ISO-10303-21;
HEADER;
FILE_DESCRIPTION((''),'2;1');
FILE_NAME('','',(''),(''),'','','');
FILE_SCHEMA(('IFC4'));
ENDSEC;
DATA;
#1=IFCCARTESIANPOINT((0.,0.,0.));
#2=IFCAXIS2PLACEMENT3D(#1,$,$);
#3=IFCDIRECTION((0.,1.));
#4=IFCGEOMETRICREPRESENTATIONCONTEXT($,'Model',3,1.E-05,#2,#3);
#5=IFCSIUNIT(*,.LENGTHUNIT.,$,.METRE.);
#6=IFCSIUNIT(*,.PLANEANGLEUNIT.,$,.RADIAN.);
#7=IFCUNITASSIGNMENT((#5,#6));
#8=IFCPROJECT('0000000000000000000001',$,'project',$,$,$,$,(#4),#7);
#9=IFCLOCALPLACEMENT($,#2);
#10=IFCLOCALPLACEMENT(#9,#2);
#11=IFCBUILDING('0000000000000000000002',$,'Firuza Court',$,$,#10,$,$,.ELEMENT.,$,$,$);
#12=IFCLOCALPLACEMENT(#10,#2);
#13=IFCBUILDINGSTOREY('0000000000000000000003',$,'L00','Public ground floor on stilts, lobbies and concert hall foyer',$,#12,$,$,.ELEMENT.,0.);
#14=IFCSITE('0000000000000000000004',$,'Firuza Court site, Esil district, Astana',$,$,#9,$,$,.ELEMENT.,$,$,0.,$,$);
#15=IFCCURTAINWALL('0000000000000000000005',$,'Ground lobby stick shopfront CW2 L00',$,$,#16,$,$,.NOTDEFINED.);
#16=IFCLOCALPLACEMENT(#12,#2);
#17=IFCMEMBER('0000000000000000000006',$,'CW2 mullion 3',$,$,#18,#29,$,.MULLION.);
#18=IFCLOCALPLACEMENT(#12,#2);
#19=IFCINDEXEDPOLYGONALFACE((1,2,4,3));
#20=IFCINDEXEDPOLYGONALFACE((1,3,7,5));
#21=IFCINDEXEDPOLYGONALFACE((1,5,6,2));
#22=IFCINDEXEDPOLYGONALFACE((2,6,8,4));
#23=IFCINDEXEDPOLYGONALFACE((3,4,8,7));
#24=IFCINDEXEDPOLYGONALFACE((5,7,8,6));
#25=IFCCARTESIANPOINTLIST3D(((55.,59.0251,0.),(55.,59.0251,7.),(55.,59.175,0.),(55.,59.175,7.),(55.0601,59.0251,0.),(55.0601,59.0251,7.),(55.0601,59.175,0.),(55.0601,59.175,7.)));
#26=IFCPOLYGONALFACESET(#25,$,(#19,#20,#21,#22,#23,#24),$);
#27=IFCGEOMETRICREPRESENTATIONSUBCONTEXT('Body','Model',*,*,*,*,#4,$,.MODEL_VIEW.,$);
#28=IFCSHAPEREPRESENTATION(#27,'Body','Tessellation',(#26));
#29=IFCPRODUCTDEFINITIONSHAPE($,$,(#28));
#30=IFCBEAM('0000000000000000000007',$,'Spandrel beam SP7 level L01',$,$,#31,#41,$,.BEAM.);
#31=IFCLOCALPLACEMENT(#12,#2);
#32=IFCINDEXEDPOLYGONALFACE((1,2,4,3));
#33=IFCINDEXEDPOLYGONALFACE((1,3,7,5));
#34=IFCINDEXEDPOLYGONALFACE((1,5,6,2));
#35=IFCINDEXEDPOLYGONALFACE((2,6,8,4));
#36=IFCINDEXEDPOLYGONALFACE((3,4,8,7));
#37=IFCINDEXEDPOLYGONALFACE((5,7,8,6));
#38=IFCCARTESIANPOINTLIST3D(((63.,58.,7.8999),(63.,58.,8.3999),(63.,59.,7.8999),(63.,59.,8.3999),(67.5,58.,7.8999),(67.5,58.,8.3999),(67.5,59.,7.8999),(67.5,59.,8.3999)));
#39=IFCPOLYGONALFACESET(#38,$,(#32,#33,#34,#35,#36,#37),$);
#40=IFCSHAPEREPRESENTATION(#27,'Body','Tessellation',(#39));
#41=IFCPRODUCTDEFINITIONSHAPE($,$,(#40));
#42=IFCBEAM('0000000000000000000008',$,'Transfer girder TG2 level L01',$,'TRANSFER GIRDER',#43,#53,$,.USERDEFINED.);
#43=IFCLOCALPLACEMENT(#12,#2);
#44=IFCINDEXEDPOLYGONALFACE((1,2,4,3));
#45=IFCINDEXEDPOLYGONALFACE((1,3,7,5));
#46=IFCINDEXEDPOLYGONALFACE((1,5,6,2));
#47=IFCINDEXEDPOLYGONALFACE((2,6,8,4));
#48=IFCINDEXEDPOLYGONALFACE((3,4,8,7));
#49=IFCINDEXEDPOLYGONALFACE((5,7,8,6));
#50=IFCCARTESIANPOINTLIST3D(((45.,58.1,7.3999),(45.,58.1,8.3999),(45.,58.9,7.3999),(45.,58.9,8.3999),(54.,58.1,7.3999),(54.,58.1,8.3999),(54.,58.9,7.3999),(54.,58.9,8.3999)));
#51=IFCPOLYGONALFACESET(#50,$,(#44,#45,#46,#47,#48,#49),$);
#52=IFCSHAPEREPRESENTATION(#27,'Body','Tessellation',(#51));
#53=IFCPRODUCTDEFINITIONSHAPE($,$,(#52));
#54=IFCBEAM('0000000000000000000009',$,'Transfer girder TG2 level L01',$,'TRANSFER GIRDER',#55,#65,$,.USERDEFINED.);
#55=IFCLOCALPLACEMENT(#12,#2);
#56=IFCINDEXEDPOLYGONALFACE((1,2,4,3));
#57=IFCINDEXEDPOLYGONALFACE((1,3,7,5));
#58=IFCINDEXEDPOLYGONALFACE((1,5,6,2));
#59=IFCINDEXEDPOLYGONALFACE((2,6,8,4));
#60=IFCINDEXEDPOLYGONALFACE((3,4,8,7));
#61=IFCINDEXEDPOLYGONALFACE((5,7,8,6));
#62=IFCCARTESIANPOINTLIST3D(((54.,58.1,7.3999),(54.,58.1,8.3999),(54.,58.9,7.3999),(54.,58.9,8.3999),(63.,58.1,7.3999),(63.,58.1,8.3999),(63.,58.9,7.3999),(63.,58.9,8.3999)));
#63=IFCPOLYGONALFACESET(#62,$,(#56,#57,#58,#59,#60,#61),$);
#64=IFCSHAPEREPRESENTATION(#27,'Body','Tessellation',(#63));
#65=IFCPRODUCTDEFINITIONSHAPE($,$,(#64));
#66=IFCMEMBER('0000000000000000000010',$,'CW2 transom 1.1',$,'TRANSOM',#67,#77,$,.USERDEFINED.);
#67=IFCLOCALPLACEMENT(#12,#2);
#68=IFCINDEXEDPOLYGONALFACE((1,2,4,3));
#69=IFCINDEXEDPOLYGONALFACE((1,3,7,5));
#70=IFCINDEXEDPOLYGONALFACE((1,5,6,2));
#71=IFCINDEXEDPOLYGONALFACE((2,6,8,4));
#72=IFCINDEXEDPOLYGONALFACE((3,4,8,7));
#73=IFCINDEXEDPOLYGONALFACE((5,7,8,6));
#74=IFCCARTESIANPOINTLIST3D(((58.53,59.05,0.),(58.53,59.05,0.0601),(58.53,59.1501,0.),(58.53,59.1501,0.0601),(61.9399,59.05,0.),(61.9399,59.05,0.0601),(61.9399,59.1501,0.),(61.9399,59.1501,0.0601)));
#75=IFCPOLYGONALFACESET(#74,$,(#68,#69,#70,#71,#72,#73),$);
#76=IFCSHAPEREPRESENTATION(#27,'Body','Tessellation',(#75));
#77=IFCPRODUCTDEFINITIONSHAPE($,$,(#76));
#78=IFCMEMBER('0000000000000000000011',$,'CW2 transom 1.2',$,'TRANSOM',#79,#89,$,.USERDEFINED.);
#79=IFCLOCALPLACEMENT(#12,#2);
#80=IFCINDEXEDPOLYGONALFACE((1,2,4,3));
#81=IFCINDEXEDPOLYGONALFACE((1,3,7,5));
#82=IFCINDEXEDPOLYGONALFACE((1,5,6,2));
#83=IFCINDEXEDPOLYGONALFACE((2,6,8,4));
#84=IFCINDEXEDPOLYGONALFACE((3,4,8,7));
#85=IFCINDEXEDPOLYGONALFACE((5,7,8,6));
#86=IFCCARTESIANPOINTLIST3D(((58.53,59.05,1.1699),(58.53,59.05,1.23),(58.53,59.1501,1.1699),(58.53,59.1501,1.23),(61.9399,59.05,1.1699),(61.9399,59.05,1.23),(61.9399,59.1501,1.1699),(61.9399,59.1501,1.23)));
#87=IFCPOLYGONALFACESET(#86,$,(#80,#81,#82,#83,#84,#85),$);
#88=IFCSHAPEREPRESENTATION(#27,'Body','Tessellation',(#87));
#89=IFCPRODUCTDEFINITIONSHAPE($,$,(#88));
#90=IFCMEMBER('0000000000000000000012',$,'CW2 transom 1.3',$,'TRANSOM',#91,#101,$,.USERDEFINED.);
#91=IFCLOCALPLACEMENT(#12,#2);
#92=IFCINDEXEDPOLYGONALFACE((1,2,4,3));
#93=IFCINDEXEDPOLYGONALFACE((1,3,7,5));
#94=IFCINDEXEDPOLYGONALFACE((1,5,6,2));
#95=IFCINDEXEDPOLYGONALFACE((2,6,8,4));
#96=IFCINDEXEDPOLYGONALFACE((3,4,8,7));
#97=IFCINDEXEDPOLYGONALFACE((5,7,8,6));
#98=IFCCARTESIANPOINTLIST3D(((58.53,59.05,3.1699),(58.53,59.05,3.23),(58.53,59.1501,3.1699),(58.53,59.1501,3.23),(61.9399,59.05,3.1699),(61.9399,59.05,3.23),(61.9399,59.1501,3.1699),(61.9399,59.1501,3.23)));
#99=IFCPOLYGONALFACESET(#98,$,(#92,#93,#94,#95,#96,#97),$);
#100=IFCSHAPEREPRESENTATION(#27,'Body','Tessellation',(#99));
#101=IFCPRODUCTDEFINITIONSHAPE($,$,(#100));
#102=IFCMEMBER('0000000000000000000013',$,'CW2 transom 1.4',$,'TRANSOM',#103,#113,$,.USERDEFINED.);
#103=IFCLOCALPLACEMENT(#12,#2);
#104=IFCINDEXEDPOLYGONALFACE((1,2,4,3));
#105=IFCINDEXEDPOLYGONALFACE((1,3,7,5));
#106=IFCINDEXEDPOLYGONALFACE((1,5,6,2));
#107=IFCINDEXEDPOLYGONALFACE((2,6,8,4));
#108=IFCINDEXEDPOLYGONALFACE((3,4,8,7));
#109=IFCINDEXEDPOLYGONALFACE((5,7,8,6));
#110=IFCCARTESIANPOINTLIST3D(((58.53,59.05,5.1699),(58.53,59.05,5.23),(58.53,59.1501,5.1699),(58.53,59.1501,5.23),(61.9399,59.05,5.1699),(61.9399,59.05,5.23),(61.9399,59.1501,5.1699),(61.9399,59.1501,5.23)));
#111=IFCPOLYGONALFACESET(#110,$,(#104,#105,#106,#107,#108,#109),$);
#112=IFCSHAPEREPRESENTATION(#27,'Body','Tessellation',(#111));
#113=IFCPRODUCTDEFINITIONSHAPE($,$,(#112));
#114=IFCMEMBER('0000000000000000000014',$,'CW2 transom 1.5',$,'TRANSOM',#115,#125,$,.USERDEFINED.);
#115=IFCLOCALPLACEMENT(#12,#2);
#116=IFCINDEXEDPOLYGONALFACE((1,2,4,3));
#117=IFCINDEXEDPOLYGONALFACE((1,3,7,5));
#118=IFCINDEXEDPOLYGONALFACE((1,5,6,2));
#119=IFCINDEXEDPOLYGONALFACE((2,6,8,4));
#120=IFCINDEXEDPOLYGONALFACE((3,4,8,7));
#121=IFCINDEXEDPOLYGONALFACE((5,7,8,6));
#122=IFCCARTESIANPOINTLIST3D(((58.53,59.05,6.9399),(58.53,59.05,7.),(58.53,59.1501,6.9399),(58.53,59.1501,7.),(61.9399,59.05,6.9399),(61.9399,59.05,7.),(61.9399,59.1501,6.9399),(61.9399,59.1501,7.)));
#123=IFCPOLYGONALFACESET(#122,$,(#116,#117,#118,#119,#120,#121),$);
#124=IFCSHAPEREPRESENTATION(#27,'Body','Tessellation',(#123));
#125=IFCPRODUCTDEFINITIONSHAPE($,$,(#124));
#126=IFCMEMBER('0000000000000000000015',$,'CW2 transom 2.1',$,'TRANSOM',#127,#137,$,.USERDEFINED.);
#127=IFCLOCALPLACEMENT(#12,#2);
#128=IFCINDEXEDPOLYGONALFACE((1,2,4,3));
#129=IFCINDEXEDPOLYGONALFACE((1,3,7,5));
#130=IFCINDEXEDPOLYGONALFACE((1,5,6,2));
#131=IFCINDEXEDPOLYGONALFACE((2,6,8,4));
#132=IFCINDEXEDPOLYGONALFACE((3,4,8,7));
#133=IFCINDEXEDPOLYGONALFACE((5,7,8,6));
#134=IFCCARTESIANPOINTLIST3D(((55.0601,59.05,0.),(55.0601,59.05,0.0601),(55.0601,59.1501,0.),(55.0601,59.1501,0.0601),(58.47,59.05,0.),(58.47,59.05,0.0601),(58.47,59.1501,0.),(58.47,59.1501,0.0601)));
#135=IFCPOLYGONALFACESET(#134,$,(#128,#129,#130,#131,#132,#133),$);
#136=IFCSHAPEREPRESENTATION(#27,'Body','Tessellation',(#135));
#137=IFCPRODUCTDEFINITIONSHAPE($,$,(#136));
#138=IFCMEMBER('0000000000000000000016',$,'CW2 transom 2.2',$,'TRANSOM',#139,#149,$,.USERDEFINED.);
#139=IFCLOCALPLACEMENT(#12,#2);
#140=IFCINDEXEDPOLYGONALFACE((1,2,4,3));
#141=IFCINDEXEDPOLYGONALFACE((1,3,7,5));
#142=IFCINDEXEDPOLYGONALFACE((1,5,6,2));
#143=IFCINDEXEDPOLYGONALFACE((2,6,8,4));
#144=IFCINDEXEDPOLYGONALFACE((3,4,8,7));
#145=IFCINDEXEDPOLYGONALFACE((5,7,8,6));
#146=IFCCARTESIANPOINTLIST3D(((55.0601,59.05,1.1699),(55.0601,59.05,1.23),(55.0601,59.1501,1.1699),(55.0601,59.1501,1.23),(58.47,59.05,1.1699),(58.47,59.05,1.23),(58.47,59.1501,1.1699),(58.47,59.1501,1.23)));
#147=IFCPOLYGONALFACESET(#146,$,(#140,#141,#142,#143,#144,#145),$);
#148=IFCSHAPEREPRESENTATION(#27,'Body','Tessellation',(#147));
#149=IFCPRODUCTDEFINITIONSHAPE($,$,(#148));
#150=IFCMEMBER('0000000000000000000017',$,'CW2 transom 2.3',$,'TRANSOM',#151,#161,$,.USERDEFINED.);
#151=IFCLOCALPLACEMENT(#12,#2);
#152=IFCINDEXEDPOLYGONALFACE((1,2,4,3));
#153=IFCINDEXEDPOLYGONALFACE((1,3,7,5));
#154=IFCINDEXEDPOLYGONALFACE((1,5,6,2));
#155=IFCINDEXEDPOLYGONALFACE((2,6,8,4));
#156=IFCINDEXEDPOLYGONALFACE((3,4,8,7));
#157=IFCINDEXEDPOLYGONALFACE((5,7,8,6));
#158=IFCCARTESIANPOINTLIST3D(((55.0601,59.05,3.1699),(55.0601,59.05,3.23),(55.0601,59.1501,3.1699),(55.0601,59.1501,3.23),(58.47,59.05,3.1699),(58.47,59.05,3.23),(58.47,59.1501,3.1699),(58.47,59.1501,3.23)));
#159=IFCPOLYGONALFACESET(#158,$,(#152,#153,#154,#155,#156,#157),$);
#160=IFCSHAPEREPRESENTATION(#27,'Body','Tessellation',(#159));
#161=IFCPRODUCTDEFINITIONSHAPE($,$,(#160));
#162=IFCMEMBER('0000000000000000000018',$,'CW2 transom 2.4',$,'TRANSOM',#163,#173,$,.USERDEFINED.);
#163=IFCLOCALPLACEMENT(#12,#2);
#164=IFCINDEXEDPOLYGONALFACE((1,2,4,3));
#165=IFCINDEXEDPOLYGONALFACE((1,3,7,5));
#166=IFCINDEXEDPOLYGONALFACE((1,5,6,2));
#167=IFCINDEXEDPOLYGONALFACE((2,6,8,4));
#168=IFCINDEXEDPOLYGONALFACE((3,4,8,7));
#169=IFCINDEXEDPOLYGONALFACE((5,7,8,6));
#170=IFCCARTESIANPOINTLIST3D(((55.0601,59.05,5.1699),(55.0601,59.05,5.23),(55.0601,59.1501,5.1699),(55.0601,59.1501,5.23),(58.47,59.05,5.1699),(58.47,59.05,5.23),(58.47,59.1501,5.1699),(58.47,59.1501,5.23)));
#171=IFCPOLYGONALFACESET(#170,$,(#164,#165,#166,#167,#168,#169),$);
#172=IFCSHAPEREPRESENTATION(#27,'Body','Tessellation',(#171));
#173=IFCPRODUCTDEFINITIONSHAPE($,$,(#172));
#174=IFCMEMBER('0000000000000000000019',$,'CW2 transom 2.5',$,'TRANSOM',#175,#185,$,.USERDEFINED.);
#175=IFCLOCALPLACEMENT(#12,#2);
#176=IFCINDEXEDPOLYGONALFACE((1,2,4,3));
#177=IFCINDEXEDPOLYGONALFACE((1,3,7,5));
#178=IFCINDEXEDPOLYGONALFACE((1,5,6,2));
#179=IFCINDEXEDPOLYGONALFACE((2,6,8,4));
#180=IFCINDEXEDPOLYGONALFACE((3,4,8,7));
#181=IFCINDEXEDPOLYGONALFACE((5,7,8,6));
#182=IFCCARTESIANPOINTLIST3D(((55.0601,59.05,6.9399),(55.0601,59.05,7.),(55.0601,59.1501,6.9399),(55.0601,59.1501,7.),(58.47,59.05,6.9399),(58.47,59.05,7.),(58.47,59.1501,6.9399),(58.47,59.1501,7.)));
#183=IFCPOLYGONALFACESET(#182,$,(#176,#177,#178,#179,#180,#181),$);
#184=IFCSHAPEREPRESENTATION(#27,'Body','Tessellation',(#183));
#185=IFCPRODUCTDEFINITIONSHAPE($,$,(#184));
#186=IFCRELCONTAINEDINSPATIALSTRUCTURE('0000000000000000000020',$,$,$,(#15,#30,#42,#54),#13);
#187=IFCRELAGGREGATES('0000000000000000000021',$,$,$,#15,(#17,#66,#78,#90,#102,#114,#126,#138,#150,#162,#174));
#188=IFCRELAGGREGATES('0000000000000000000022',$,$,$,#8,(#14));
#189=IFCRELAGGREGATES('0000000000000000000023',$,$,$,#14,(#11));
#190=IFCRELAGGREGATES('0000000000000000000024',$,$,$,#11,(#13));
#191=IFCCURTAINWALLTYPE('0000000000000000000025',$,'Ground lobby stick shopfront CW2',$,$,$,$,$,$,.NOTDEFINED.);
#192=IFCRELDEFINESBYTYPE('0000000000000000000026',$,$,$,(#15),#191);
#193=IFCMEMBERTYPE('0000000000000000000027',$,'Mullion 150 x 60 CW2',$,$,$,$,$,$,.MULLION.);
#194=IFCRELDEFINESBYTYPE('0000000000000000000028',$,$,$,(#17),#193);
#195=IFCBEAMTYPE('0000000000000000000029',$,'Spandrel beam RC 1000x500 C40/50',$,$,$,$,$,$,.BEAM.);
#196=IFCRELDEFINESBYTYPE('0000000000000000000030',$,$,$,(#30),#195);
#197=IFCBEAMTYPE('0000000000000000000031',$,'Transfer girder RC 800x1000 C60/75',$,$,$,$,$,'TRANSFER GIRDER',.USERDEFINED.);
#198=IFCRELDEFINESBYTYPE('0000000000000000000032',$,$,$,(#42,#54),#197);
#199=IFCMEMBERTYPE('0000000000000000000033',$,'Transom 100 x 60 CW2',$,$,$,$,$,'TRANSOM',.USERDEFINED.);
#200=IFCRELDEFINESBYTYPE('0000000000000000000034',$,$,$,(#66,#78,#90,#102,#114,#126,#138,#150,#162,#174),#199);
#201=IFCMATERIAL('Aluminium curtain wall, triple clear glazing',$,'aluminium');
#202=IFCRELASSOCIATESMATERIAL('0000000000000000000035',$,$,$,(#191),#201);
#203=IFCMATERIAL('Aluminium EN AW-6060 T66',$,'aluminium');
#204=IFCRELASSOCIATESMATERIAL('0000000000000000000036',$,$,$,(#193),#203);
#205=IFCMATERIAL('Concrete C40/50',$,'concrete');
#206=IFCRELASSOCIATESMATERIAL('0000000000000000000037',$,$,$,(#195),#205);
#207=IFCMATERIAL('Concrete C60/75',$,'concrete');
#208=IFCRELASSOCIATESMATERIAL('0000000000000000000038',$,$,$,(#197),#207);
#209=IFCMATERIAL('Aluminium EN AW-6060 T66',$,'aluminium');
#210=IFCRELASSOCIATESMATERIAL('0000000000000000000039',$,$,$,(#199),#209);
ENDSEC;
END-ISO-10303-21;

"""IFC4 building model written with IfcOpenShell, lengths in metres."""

from ifc_helpers import new_model, si_unit, direction, frame, origin, origin_2d, place, context, subcontext, project, spatial, rectangle, extrude, material, material_profile, profile_set, type_object, element, aggregate, save


model = new_model("IFC4")

# Units and contexts
model_context = context("Model", 3, precision=1e-05, world=origin(), true_north=direction((0.0, 1.0)))
body_context = subcontext(model_context, "Body", "Model", "MODEL_VIEW")
ifc_project = project(units=[si_unit("LENGTHUNIT", "METRE"), si_unit("PLANEANGLEUNIT", "RADIAN")], contexts=[model_context])

# Site, building, storey
site_placement = place(None, origin())
site = spatial("IfcSite", under=ifc_project, at=site_placement, Name="Firuza Court site, Esil district, Astana", CompositionType="ELEMENT", RefElevation=0.0)
building_placement = place(site_placement, origin())
building = spatial("IfcBuilding", under=site, at=building_placement, Name="Firuza Court", CompositionType="ELEMENT")
storey_placement = place(building_placement, origin())
storey = spatial("IfcBuildingStorey", under=building, at=storey_placement, Name="L00", Description="Public ground floor on stilts, lobbies and concert hall foyer", CompositionType="ELEMENT", Elevation=0.0)

# Curtain wall, member
ifc_material_1 = material(Name="Aluminium curtain wall, triple clear glazing", Category="aluminium")
curtain_wall_type = type_object("IfcCurtainWallType", Name="Ground lobby stick shopfront CW2", PredefinedType="NOTDEFINED", material=ifc_material_1)
curtain_wall_placement = place(storey_placement, origin())
curtain_wall = element("IfcCurtainWall", 1, at=curtain_wall_placement, inside=storey, type_object=curtain_wall_type, Name="Ground lobby stick shopfront CW2 L00", PredefinedType="NOTDEFINED")
ifc_material_2 = material(Name="Aluminium EN AW-6060 T66", Category="aluminium")
ifc_material_profile_1 = material_profile(ifc_material_2, rectangle(XDim=0.1499, YDim=0.0601, at=origin_2d()), Name="Mullion 150 x 60 CW2")
ifc_profile_set_1 = profile_set([ifc_material_profile_1], Name="Aluminium EN AW-6060 T66")
member_type_1 = type_object("IfcMemberType", Name="Mullion 150 x 60 CW2", PredefinedType="MULLION", material=ifc_profile_set_1)
member_1_placement = place(storey_placement, frame((55.03, 59.1001, 0.0), z_axis=(0.0, 0.0, 1.0), x_axis=(0.0, -1.0, 0.0)))
member_1 = element("IfcMember", 2, at=member_1_placement, type_object=member_type_1, Name="CW2 mullion 3", PredefinedType="MULLION", context=body_context, shape_type="SweptSolid", body=[
    extrude(rectangle(XDim=0.1499, YDim=0.0601, at=origin_2d()), origin(), (0.0, 0.0, 1.0), 7.0),
])

# Beams
ifc_material_3 = material(Name="Concrete C40/50", Category="concrete")
ifc_material_profile_2 = material_profile(ifc_material_3, rectangle(XDim=1.0, YDim=0.5, at=origin_2d()), Name="RC 1000x500")
ifc_profile_set_2 = profile_set([ifc_material_profile_2], Name="Concrete C40/50")
beam_type_1 = type_object("IfcBeamType", Name="Spandrel beam RC 1000x500 C40/50", PredefinedType="BEAM", material=ifc_profile_set_2)
beam_placement = place(storey_placement, frame((67.5, 58.5, 8.1499), z_axis=(-1.0, 0.0, 0.0), x_axis=(0.0, -1.0, 0.0)))
element("IfcBeam", 3, at=beam_placement, inside=storey, type_object=beam_type_1, Name="Spandrel beam SP7 level L01", PredefinedType="BEAM", context=body_context, shape_type="SweptSolid", body=[
    extrude(rectangle(XDim=1.0, YDim=0.5, at=origin_2d()), origin(), (0.0, 0.0, 1.0), 4.5),
])
ifc_material_4 = material(Name="Concrete C60/75", Category="concrete")
ifc_material_profile_3 = material_profile(ifc_material_4, rectangle(XDim=0.8, YDim=1.0, at=origin_2d()), Name="RC 800x1000")
ifc_profile_set_3 = profile_set([ifc_material_profile_3], Name="Concrete C60/75")
beam_type_2 = type_object("IfcBeamType", Name="Transfer girder RC 800x1000 C60/75", ElementType="TRANSFER GIRDER", PredefinedType="USERDEFINED", material=ifc_profile_set_3)
for number, where, z_axis, x_axis, name in (
    (4, (54.0, 58.5, 7.8999), (-1.0, 0.0, 0.0), (0.0, -1.0, 0.0), "Transfer girder TG2 level L01"),
    (5, (63.0, 58.5, 7.8999), (-1.0, 0.0, 0.0), (0.0, -1.0, 0.0), "Transfer girder TG2 level L01"),
):
    element("IfcBeam", number, at=place(storey_placement, frame(where, z_axis=z_axis, x_axis=x_axis)), inside=storey, type_object=beam_type_2, Name=name, ObjectType="TRANSFER GIRDER", PredefinedType="USERDEFINED", context=body_context, shape_type="SweptSolid", body=[
        extrude(rectangle(XDim=0.8, YDim=1.0, at=origin_2d()), origin(), (0.0, 0.0, 1.0), 9.0),
    ])

# Members
ifc_material_5 = material(Name="Aluminium EN AW-6060 T66", Category="aluminium")
ifc_material_profile_4 = material_profile(ifc_material_5, rectangle(XDim=0.1001, YDim=0.0601, at=origin_2d()), Name="Transom 100 x 60 CW2")
ifc_profile_set_4 = profile_set([ifc_material_profile_4], Name="Aluminium EN AW-6060 T66")
member_type_2 = type_object("IfcMemberType", Name="Transom 100 x 60 CW2", ElementType="TRANSOM", PredefinedType="USERDEFINED", material=ifc_profile_set_4)
member_2_placement = place(storey_placement, frame((61.9399, 59.1001, 0.03), z_axis=(-1.0, 0.0, 0.0), x_axis=(0.0, -1.0, 0.0)))
member_2 = element("IfcMember", 6, at=member_2_placement, type_object=member_type_2, Name="CW2 transom 1.1", ObjectType="TRANSOM", PredefinedType="USERDEFINED", context=body_context, shape_type="SweptSolid", body=[
    extrude(rectangle(XDim=0.1001, YDim=0.0601, at=origin_2d()), origin(), (0.0, 0.0, 1.0), 3.4099),
])
member_3_placement = place(storey_placement, frame((61.9399, 59.1001, 1.2), z_axis=(-1.0, 0.0, 0.0), x_axis=(0.0, -1.0, 0.0)))
member_3 = element("IfcMember", 7, at=member_3_placement, type_object=member_type_2, Name="CW2 transom 1.2", ObjectType="TRANSOM", PredefinedType="USERDEFINED", context=body_context, shape_type="SweptSolid", body=[
    extrude(rectangle(XDim=0.1001, YDim=0.0601, at=origin_2d()), origin(), (0.0, 0.0, 1.0), 3.4099),
])
member_4_placement = place(storey_placement, frame((61.9399, 59.1001, 3.2), z_axis=(-1.0, 0.0, 0.0), x_axis=(0.0, -1.0, 0.0)))
member_4 = element("IfcMember", 8, at=member_4_placement, type_object=member_type_2, Name="CW2 transom 1.3", ObjectType="TRANSOM", PredefinedType="USERDEFINED", context=body_context, shape_type="SweptSolid", body=[
    extrude(rectangle(XDim=0.1001, YDim=0.0601, at=origin_2d()), origin(), (0.0, 0.0, 1.0), 3.4099),
])
member_5_placement = place(storey_placement, frame((61.9399, 59.1001, 5.2), z_axis=(-1.0, 0.0, 0.0), x_axis=(0.0, -1.0, 0.0)))
member_5 = element("IfcMember", 9, at=member_5_placement, type_object=member_type_2, Name="CW2 transom 1.4", ObjectType="TRANSOM", PredefinedType="USERDEFINED", context=body_context, shape_type="SweptSolid", body=[
    extrude(rectangle(XDim=0.1001, YDim=0.0601, at=origin_2d()), origin(), (0.0, 0.0, 1.0), 3.4099),
])
member_6_placement = place(storey_placement, frame((61.9399, 59.1001, 6.97), z_axis=(-1.0, 0.0, 0.0), x_axis=(0.0, -1.0, 0.0)))
member_6 = element("IfcMember", 10, at=member_6_placement, type_object=member_type_2, Name="CW2 transom 1.5", ObjectType="TRANSOM", PredefinedType="USERDEFINED", context=body_context, shape_type="SweptSolid", body=[
    extrude(rectangle(XDim=0.1001, YDim=0.0601, at=origin_2d()), origin(), (0.0, 0.0, 1.0), 3.4099),
])
member_7_placement = place(storey_placement, frame((58.47, 59.1001, 0.03), z_axis=(-1.0, 0.0, 0.0), x_axis=(0.0, -1.0, 0.0)))
member_7 = element("IfcMember", 11, at=member_7_placement, type_object=member_type_2, Name="CW2 transom 2.1", ObjectType="TRANSOM", PredefinedType="USERDEFINED", context=body_context, shape_type="SweptSolid", body=[
    extrude(rectangle(XDim=0.1001, YDim=0.0601, at=origin_2d()), origin(), (0.0, 0.0, 1.0), 3.4099),
])
member_8_placement = place(storey_placement, frame((58.47, 59.1001, 1.2), z_axis=(-1.0, 0.0, 0.0), x_axis=(0.0, -1.0, 0.0)))
member_8 = element("IfcMember", 12, at=member_8_placement, type_object=member_type_2, Name="CW2 transom 2.2", ObjectType="TRANSOM", PredefinedType="USERDEFINED", context=body_context, shape_type="SweptSolid", body=[
    extrude(rectangle(XDim=0.1001, YDim=0.0601, at=origin_2d()), origin(), (0.0, 0.0, 1.0), 3.4099),
])
member_9_placement = place(storey_placement, frame((58.47, 59.1001, 3.2), z_axis=(-1.0, 0.0, 0.0), x_axis=(0.0, -1.0, 0.0)))
member_9 = element("IfcMember", 13, at=member_9_placement, type_object=member_type_2, Name="CW2 transom 2.3", ObjectType="TRANSOM", PredefinedType="USERDEFINED", context=body_context, shape_type="SweptSolid", body=[
    extrude(rectangle(XDim=0.1001, YDim=0.0601, at=origin_2d()), origin(), (0.0, 0.0, 1.0), 3.4099),
])
member_10_placement = place(storey_placement, frame((58.47, 59.1001, 5.2), z_axis=(-1.0, 0.0, 0.0), x_axis=(0.0, -1.0, 0.0)))
member_10 = element("IfcMember", 14, at=member_10_placement, type_object=member_type_2, Name="CW2 transom 2.4", ObjectType="TRANSOM", PredefinedType="USERDEFINED", context=body_context, shape_type="SweptSolid", body=[
    extrude(rectangle(XDim=0.1001, YDim=0.0601, at=origin_2d()), origin(), (0.0, 0.0, 1.0), 3.4099),
])
member_11_placement = place(storey_placement, frame((58.47, 59.1001, 6.97), z_axis=(-1.0, 0.0, 0.0), x_axis=(0.0, -1.0, 0.0)))
member_11 = element("IfcMember", 15, at=member_11_placement, type_object=member_type_2, Name="CW2 transom 2.5", ObjectType="TRANSOM", PredefinedType="USERDEFINED", context=body_context, shape_type="SweptSolid", body=[
    extrude(rectangle(XDim=0.1001, YDim=0.0601, at=origin_2d()), origin(), (0.0, 0.0, 1.0), 3.4099),
])

aggregate(curtain_wall, [member_1, member_2, member_3, member_4, member_5, member_6, member_7, member_8, member_9, member_10, member_11])

save(model, "model.ifc")
